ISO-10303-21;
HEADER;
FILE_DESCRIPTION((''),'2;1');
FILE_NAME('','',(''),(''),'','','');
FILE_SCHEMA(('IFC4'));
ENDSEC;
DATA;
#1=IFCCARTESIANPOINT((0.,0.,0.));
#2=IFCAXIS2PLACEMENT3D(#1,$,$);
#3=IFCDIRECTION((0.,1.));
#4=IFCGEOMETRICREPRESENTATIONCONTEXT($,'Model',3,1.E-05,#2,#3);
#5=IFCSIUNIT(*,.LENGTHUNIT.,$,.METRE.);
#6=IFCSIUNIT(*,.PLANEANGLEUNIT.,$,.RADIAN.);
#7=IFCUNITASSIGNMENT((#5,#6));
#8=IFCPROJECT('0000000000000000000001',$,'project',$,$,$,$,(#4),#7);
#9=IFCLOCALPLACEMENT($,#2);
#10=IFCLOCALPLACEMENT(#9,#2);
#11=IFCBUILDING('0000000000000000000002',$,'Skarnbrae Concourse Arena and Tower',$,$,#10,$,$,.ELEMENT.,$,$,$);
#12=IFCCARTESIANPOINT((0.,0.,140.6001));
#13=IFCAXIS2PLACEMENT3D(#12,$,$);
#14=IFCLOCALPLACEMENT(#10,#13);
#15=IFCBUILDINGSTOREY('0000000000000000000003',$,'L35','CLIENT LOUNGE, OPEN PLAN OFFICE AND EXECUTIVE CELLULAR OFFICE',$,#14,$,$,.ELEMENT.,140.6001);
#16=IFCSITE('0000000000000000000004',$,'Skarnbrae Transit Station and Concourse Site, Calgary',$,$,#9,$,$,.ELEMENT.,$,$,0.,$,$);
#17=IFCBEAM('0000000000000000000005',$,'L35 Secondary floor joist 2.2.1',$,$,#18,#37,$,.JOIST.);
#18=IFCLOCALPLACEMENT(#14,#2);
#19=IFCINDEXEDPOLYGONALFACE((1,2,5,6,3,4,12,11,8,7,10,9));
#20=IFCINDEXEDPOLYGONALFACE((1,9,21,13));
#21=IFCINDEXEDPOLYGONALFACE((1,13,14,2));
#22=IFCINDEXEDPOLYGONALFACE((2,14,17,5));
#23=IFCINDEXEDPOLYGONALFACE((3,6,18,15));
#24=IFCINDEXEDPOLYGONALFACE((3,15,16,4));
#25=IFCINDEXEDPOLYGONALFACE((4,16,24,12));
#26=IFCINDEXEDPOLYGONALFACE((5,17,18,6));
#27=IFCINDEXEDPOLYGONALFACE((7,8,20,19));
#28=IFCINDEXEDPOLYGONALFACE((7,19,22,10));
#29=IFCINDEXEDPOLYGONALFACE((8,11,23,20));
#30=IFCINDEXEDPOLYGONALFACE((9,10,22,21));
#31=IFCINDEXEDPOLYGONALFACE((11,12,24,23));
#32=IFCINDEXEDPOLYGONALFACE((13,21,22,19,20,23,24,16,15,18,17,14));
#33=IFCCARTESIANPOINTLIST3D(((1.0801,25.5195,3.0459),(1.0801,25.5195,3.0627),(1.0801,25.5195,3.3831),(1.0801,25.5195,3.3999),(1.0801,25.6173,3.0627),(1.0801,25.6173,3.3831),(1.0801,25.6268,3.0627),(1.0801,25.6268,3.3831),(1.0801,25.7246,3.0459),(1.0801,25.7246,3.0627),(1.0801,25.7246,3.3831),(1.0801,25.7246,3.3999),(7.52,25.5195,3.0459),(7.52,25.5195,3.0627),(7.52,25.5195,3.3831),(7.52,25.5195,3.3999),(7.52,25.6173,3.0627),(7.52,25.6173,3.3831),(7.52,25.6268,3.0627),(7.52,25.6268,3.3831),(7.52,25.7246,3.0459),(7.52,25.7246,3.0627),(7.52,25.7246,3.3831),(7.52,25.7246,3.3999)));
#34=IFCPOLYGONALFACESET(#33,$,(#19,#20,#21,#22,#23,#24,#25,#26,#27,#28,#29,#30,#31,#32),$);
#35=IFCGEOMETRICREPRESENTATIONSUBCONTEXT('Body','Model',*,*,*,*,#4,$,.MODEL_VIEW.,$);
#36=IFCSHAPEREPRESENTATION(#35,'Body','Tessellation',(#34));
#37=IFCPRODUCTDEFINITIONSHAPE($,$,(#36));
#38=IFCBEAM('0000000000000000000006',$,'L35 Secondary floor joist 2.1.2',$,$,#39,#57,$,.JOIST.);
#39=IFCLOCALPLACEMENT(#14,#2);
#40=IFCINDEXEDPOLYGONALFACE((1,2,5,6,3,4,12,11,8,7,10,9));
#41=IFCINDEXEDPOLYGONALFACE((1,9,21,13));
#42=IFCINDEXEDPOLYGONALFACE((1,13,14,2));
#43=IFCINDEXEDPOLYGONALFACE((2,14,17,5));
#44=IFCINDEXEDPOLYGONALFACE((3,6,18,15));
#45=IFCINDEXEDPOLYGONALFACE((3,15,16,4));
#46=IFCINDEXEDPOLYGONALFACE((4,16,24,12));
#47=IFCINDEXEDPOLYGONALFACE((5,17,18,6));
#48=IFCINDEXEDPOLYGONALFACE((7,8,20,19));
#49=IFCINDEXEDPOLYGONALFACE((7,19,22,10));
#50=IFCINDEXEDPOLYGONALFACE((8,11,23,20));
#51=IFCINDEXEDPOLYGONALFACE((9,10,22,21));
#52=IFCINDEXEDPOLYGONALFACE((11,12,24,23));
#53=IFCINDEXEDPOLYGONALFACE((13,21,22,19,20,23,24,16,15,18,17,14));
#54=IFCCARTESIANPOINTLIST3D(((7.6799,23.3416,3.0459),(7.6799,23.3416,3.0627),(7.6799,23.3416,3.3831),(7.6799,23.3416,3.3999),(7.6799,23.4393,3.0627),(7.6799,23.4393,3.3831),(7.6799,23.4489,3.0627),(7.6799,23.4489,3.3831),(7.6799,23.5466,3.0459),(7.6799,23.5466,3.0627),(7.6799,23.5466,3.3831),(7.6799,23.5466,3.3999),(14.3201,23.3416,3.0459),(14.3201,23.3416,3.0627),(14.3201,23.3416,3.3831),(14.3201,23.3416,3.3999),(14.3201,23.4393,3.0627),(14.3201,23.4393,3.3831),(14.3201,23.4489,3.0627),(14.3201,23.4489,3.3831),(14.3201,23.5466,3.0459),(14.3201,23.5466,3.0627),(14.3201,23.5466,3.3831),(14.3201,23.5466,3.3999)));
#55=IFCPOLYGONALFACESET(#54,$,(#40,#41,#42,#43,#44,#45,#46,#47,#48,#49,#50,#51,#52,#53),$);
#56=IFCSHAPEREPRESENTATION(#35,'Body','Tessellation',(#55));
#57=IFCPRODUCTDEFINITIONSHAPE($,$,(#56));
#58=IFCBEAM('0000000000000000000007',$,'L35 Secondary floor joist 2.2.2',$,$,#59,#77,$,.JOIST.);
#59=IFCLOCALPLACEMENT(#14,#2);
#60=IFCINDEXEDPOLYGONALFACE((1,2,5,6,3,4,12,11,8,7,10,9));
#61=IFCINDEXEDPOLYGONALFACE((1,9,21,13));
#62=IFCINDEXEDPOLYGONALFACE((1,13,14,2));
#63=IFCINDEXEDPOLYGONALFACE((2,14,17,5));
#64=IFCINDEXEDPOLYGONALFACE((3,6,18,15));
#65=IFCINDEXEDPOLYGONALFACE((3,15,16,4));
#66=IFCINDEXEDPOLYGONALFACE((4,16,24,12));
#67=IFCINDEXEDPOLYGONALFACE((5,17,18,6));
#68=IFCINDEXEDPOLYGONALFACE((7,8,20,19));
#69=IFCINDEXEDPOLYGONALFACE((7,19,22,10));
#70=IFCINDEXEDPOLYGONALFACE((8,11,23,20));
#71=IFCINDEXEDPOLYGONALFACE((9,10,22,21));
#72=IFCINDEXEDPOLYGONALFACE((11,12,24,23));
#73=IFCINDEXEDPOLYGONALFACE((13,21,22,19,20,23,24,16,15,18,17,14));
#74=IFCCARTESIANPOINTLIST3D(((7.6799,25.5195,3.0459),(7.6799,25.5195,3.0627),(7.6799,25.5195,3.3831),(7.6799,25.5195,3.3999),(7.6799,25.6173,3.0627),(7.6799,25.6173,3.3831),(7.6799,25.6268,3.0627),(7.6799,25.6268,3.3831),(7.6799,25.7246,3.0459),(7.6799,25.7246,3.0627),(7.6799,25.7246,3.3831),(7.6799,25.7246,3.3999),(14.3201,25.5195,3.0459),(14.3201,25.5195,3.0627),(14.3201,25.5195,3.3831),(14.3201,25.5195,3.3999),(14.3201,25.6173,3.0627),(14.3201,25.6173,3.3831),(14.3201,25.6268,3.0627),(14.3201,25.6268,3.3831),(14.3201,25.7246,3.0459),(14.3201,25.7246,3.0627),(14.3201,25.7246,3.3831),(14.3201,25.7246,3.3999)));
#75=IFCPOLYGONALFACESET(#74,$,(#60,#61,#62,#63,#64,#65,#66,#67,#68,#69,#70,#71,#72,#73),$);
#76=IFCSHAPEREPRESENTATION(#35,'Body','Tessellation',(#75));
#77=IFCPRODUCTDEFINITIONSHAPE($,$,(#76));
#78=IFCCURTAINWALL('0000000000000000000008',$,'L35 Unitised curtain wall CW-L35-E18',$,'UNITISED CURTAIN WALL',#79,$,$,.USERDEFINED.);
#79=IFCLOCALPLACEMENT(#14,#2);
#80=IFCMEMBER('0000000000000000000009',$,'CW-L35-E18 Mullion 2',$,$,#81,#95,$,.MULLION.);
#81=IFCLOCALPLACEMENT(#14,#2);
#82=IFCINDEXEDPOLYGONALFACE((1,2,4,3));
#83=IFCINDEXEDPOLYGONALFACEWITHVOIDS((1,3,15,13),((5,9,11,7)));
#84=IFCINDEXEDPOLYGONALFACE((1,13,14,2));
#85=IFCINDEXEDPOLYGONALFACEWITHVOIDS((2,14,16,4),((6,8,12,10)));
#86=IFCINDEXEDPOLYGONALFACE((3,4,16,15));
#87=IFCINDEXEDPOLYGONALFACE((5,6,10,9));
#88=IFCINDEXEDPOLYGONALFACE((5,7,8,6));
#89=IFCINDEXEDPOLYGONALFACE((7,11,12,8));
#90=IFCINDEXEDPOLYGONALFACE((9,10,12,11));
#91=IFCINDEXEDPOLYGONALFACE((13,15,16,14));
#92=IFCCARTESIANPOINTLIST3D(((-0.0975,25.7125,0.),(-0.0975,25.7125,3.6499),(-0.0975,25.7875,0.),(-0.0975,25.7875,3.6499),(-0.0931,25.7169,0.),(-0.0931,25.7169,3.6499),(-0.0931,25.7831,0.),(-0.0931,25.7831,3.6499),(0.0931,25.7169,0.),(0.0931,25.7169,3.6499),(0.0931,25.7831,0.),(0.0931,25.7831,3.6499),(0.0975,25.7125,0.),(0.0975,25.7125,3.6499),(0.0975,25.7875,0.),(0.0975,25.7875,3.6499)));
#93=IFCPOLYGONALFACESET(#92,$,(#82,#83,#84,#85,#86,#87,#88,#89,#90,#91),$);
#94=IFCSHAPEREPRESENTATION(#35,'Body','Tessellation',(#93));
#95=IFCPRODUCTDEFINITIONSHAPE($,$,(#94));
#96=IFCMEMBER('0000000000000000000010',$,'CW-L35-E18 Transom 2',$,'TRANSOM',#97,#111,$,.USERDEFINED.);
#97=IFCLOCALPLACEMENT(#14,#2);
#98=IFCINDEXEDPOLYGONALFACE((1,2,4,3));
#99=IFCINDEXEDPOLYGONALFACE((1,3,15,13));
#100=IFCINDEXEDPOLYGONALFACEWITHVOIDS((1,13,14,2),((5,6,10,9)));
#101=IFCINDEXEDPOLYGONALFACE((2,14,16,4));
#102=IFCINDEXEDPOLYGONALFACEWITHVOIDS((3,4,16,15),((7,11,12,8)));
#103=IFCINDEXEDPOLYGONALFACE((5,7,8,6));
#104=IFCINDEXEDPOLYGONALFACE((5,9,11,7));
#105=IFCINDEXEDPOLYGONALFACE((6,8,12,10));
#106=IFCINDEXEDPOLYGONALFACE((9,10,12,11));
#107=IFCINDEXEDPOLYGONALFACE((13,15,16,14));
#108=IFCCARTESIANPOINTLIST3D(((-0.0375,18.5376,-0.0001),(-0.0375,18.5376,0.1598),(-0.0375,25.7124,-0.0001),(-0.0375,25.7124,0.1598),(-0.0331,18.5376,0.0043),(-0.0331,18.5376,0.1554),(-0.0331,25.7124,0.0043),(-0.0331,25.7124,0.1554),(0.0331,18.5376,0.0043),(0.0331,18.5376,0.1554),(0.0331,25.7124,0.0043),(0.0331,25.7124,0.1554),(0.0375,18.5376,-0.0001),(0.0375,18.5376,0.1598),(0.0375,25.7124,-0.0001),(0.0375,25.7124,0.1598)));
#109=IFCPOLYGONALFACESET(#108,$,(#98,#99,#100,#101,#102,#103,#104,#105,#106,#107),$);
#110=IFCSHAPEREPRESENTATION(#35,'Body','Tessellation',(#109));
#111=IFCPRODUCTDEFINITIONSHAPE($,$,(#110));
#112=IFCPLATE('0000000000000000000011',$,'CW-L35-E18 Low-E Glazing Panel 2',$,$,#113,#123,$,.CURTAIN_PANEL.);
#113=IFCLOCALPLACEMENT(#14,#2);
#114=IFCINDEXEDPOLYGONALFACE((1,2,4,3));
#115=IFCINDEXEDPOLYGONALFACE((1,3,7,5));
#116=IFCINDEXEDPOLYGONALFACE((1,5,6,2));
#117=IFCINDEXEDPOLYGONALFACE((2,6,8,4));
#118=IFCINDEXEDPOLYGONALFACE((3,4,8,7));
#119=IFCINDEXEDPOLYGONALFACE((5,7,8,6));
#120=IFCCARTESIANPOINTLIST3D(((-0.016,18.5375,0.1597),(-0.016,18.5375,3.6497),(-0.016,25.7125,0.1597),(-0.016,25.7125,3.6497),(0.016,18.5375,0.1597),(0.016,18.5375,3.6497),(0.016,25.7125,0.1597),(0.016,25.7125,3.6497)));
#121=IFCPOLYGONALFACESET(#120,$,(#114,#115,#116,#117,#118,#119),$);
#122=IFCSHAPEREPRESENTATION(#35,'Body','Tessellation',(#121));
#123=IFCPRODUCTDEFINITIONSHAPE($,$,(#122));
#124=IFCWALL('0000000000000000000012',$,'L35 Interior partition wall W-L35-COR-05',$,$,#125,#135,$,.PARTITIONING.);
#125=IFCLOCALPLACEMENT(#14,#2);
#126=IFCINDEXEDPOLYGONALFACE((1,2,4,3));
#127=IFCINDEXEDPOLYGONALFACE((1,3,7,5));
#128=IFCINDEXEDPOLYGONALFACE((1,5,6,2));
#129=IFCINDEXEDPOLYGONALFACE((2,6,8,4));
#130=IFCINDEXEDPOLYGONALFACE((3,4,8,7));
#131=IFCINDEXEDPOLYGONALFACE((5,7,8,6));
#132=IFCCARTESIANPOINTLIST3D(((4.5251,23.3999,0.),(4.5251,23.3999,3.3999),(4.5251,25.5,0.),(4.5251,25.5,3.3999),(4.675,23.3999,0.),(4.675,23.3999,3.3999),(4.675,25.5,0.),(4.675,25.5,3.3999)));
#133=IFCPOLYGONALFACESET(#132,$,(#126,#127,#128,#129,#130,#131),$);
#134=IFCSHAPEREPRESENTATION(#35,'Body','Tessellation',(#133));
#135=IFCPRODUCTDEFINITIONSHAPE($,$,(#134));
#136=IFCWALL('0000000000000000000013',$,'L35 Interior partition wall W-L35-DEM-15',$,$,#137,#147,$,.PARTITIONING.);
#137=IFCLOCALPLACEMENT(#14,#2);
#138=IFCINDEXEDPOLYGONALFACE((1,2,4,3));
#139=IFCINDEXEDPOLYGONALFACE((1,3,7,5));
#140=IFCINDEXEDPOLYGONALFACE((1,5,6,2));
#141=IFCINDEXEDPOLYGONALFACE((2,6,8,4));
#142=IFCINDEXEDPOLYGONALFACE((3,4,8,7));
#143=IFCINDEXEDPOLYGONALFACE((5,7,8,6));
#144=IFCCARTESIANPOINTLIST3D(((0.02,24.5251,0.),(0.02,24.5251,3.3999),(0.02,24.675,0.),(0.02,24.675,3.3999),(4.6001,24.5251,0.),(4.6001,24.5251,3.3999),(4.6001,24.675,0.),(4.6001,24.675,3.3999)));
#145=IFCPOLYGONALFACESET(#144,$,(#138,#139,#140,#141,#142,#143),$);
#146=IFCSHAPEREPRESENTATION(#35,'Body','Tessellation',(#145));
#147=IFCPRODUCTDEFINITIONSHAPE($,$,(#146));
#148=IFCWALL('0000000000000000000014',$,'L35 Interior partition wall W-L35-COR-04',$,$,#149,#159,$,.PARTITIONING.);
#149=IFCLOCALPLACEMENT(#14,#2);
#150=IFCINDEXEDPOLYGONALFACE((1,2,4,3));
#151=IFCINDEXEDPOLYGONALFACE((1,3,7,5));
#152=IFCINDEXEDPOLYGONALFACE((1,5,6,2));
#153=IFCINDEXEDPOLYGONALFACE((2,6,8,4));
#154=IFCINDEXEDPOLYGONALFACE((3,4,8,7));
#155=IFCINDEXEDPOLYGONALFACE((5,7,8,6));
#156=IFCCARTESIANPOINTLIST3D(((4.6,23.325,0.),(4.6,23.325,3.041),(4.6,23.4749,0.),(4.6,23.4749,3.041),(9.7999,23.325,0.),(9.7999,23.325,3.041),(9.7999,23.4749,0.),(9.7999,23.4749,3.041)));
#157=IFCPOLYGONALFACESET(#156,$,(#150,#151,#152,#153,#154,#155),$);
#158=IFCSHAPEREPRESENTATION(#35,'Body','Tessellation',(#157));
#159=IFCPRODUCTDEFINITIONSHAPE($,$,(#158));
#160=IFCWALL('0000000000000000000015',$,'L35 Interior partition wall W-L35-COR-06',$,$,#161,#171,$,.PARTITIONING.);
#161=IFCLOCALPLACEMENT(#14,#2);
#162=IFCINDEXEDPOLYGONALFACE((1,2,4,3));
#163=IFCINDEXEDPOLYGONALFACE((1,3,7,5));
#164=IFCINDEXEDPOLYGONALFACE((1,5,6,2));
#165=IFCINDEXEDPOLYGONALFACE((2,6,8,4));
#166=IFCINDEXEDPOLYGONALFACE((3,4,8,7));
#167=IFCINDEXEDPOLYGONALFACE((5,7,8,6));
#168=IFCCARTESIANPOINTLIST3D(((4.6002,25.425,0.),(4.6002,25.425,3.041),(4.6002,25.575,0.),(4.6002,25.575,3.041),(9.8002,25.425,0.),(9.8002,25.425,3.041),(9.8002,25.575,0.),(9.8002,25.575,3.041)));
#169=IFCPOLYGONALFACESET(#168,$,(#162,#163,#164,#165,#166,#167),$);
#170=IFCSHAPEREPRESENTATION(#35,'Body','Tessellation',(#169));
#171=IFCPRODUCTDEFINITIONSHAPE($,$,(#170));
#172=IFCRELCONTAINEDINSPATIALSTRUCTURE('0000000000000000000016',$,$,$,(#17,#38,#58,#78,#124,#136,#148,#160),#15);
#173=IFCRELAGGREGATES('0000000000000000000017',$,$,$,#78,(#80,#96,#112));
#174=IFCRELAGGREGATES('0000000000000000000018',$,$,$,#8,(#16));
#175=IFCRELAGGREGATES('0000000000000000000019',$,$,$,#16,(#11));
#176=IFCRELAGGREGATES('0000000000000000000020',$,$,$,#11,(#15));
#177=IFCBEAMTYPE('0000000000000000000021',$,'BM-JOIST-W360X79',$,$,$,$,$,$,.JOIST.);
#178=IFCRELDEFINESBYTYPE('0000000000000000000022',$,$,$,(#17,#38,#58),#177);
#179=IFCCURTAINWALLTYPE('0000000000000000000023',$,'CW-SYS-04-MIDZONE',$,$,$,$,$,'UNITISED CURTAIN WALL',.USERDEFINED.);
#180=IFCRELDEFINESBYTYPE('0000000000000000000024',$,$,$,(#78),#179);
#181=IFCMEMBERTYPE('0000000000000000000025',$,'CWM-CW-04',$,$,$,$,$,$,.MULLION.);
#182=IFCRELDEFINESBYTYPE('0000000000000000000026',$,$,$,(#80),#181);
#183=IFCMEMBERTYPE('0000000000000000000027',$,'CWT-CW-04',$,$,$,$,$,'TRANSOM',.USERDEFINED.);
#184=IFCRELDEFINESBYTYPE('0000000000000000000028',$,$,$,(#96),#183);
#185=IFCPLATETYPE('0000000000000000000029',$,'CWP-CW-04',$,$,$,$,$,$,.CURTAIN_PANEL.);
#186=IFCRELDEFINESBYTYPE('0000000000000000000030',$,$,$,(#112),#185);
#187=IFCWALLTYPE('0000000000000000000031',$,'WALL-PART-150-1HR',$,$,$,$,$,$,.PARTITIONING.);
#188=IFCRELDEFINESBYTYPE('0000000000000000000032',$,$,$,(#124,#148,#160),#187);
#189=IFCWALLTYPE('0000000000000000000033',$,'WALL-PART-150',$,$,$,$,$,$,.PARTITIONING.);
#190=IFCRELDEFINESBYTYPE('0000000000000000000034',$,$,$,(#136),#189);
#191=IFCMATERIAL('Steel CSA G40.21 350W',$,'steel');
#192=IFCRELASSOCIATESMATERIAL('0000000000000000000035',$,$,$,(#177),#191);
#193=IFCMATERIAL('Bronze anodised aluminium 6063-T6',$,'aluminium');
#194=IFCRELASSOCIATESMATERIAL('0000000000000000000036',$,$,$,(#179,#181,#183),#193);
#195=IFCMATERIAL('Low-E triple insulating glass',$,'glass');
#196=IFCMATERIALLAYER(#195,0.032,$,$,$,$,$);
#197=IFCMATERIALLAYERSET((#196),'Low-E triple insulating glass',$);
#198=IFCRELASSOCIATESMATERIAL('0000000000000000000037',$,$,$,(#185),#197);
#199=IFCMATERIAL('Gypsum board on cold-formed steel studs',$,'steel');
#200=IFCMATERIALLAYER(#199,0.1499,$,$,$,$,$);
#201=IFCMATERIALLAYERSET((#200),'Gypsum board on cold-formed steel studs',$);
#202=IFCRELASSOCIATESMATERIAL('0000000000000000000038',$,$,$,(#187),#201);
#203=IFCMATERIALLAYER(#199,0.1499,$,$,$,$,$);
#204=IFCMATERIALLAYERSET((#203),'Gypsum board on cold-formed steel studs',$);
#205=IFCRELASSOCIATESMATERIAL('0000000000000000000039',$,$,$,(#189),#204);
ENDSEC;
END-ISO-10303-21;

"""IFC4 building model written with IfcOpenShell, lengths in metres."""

from ifc_helpers import new_model, si_unit, direction, frame, frame_2d, origin, origin_2d, place, context, subcontext, project, spatial, rectangle, hollow_rectangle, i_section, extrude, source, transform, mapped, material, layer, layer_set, material_profile, profile_set, type_object, element, aggregate, save


model = new_model("IFC4")

# Units and contexts
model_context = context("Model", 3, precision=1e-05, world=origin(), true_north=direction((0.0, 1.0)))
body_context = subcontext(model_context, "Body", "Model", "MODEL_VIEW")
ifc_project = project(units=[si_unit("LENGTHUNIT", "METRE"), si_unit("PLANEANGLEUNIT", "RADIAN")], contexts=[model_context])

# Site, building, storey
site_placement = place(None, origin())
site = spatial("IfcSite", under=ifc_project, at=site_placement, Name="Skarnbrae Transit Station and Concourse Site, Calgary", CompositionType="ELEMENT", RefElevation=0.0)
building_placement = place(site_placement, origin())
building = spatial("IfcBuilding", under=site, at=building_placement, Name="Skarnbrae Concourse Arena and Tower", CompositionType="ELEMENT")
storey_placement = place(building_placement, frame((0.0, 0.0, 140.6001)))
storey = spatial("IfcBuildingStorey", under=building, at=storey_placement, Name="L35", Description="CLIENT LOUNGE, OPEN PLAN OFFICE AND EXECUTIVE CELLULAR OFFICE", CompositionType="ELEMENT", Elevation=140.6001)

# Shared definitions
ifc_material_1 = material(Name="Steel CSA G40.21 350W", Category="steel")

# Beams
ifc_material_profile_1 = material_profile(ifc_material_1, i_section(OverallWidth=0.2051, OverallDepth=0.354, WebThickness=0.0095, FlangeThickness=0.0168, at=origin_2d()), Name="W360X79")
ifc_profile_set_1 = profile_set([ifc_material_profile_1], Name="Steel CSA G40.21 350W")
beam_type_1 = type_object("IfcBeamType", Name="BM-JOIST-W360X79", PredefinedType="JOIST", material=ifc_profile_set_1)
shared_shape_1 = source(origin(), body_context, "Body", "SweptSolid", [
    extrude(i_section(OverallWidth=0.2051, OverallDepth=0.354, WebThickness=0.0095, FlangeThickness=0.0168, at=origin_2d()), origin(), (0.0, 0.0, 1.0), 6.4399),
])
for number, where, z_axis, x_axis, name in (
    (1, (1.0801, 25.6221, 3.2229), (1.0, 0.0, 0.0), (0.0, 1.0, 0.0), "L35 Secondary floor joist 2.2.1"),
):
    element("IfcBeam", number, at=place(storey_placement, frame(where, z_axis=z_axis, x_axis=x_axis)), inside=storey, type_object=beam_type_1, Name=name, PredefinedType="JOIST", context=body_context, shape_type="MappedRepresentation", body=[
        mapped(shared_shape_1, transform((0.0, 0.0, 0.0))),
    ])
shared_shape_2 = source(origin(), body_context, "Body", "SweptSolid", [
    extrude(i_section(OverallWidth=0.2051, OverallDepth=0.354, WebThickness=0.0095, FlangeThickness=0.0168, at=origin_2d()), origin(), (0.0, 0.0, 1.0), 6.6401),
])
for number, where, z_axis, x_axis, name in (
    (2, (7.6799, 23.4441, 3.2229), (1.0, 0.0, 0.0), (0.0, 1.0, 0.0), "L35 Secondary floor joist 2.1.2"),
    (3, (7.6799, 25.6221, 3.2229), (1.0, 0.0, 0.0), (0.0, 1.0, 0.0), "L35 Secondary floor joist 2.2.2"),
):
    element("IfcBeam", number, at=place(storey_placement, frame(where, z_axis=z_axis, x_axis=x_axis)), inside=storey, type_object=beam_type_1, Name=name, PredefinedType="JOIST", context=body_context, shape_type="MappedRepresentation", body=[
        mapped(shared_shape_2, transform((0.0, 0.0, 0.0))),
    ])

# Curtain wall, members, plate
ifc_material_2 = material(Name="Bronze anodised aluminium 6063-T6", Category="aluminium")
curtain_wall_type = type_object("IfcCurtainWallType", Name="CW-SYS-04-MIDZONE", ElementType="UNITISED CURTAIN WALL", PredefinedType="USERDEFINED", material=ifc_material_2)
curtain_wall_placement = place(storey_placement, origin())
curtain_wall = element("IfcCurtainWall", 4, at=curtain_wall_placement, inside=storey, type_object=curtain_wall_type, Name="L35 Unitised curtain wall CW-L35-E18", ObjectType="UNITISED CURTAIN WALL", PredefinedType="USERDEFINED")
ifc_material_profile_2 = material_profile(ifc_material_2, hollow_rectangle(XDim=0.075, YDim=0.1951, WallThickness=0.0044, at=origin_2d()), Name="ALU-MULL-75X195")
ifc_profile_set_2 = profile_set([ifc_material_profile_2], Name="Bronze anodised aluminium 6063-T6")
member_type_1 = type_object("IfcMemberType", Name="CWM-CW-04", PredefinedType="MULLION", material=ifc_profile_set_2)
shared_shape_3 = source(origin(), body_context, "Body", "SweptSolid", [
    extrude(hollow_rectangle(XDim=0.075, YDim=0.1951, WallThickness=0.0044, at=origin_2d()), origin(), (0.0, 0.0, 1.0), 3.6499),
])
member_1_placement = place(storey_placement, frame((0.0, 25.75, 0.0), z_axis=(0.0, 0.0, 1.0), x_axis=(0.0, -1.0, 0.0)))
member_1 = element("IfcMember", 5, at=member_1_placement, type_object=member_type_1, Name="CW-L35-E18 Mullion 2", PredefinedType="MULLION", context=body_context, shape_type="MappedRepresentation", body=[
    mapped(shared_shape_3, transform((0.0, 0.0, 0.0))),
])
ifc_material_profile_3 = material_profile(ifc_material_2, hollow_rectangle(XDim=0.075, YDim=0.1599, WallThickness=0.0044, at=origin_2d()), Name="ALU-TRAN-75X160")
ifc_profile_set_3 = profile_set([ifc_material_profile_3], Name="Bronze anodised aluminium 6063-T6")
member_type_2 = type_object("IfcMemberType", Name="CWT-CW-04", ElementType="TRANSOM", PredefinedType="USERDEFINED", material=ifc_profile_set_3)
shared_shape_4 = source(origin(), body_context, "Body", "SweptSolid", [
    extrude(hollow_rectangle(XDim=0.075, YDim=0.1599, WallThickness=0.0044, at=origin_2d()), origin(), (0.0, 0.0, 1.0), 7.1748),
])
member_2_placement = place(storey_placement, frame((0.0, 25.7124, 0.0798), z_axis=(0.0, -1.0, 0.0), x_axis=(1.0, 0.0, 0.0)))
member_2 = element("IfcMember", 6, at=member_2_placement, type_object=member_type_2, Name="CW-L35-E18 Transom 2", ObjectType="TRANSOM", PredefinedType="USERDEFINED", context=body_context, shape_type="MappedRepresentation", body=[
    mapped(shared_shape_4, transform((0.0, 0.0, 0.0))),
])
ifc_material_3 = material(Name="Low-E triple insulating glass", Category="glass")
ifc_layer_1 = layer(ifc_material_3, 0.032)
ifc_layer_set_1 = layer_set([ifc_layer_1], Name="Low-E triple insulating glass")
plate_type = type_object("IfcPlateType", Name="CWP-CW-04", PredefinedType="CURTAIN_PANEL", material=ifc_layer_set_1)
shared_shape_5 = source(origin(), body_context, "Body", "SweptSolid", [
    extrude(rectangle(XDim=7.175, YDim=0.032, at=origin_2d()), origin(), (0.0, 0.0, 1.0), 3.49),
])
plate_placement = place(storey_placement, frame((0.0, 22.125, 0.1597), z_axis=(0.0, 0.0, 1.0), x_axis=(0.0, -1.0, 0.0)))
plate = element("IfcPlate", 7, at=plate_placement, type_object=plate_type, Name="CW-L35-E18 Low-E Glazing Panel 2", PredefinedType="CURTAIN_PANEL", context=body_context, shape_type="MappedRepresentation", body=[
    mapped(shared_shape_5, transform((0.0, 0.0, 0.0))),
])
aggregate(curtain_wall, [member_1, member_2, plate])

# Walls
ifc_material_4 = material(Name="Gypsum board on cold-formed steel studs", Category="steel")
ifc_layer_2 = layer(ifc_material_4, 0.1499)
ifc_layer_set_2 = layer_set([ifc_layer_2], Name="Gypsum board on cold-formed steel studs")
wall_type_1 = type_object("IfcWallType", Name="WALL-PART-150-1HR", PredefinedType="PARTITIONING", material=ifc_layer_set_2)
shared_shape_6 = source(origin(), body_context, "Body", "SweptSolid", [
    extrude(rectangle(XDim=2.1001, YDim=0.1499, at=frame_2d((1.05, 0.0))), origin(), (0.0, 0.0, 1.0), 3.3999),
])
wall_1_placement = place(storey_placement, frame((4.6001, 23.3999, 0.0), z_axis=(0.0, 0.0, 1.0), x_axis=(0.0, 1.0, 0.0)))
element("IfcWall", 8, at=wall_1_placement, inside=storey, type_object=wall_type_1, Name="L35 Interior partition wall W-L35-COR-05", PredefinedType="PARTITIONING", context=body_context, shape_type="MappedRepresentation", body=[
    mapped(shared_shape_6, transform((0.0, 0.0, 0.0))),
])
ifc_layer_3 = layer(ifc_material_4, 0.1499)
ifc_layer_set_3 = layer_set([ifc_layer_3], Name="Gypsum board on cold-formed steel studs")
wall_type_2 = type_object("IfcWallType", Name="WALL-PART-150", PredefinedType="PARTITIONING", material=ifc_layer_set_3)
shared_shape_7 = source(origin(), body_context, "Body", "SweptSolid", [
    extrude(rectangle(XDim=4.5801, YDim=0.1499, at=frame_2d((2.29, 0.0))), origin(), (0.0, 0.0, 1.0), 3.3999),
])
wall_2_placement = place(storey_placement, frame((0.02, 24.6001, 0.0), z_axis=(0.0, 0.0, 1.0), x_axis=(1.0, 0.0, 0.0)))
element("IfcWall", 9, at=wall_2_placement, inside=storey, type_object=wall_type_2, Name="L35 Interior partition wall W-L35-DEM-15", PredefinedType="PARTITIONING", context=body_context, shape_type="MappedRepresentation", body=[
    mapped(shared_shape_7, transform((0.0, 0.0, 0.0))),
])
shared_shape_8 = source(origin(), body_context, "Body", "SweptSolid", [
    extrude(rectangle(XDim=5.2, YDim=0.1499, at=frame_2d((2.6001, 0.0))), origin(), (0.0, 0.0, 1.0), 3.041),
])
for number, where, z_axis, x_axis, name in (
    (10, (9.8, 23.3999, 0.0), (0.0, 0.0, 1.0), (-1.0, 0.0, 0.0), "L35 Interior partition wall W-L35-COR-04"),
    (11, (4.6001, 25.5, 0.0), (0.0, 0.0, 1.0), (1.0, 0.0, 0.0), "L35 Interior partition wall W-L35-COR-06"),
):
    element("IfcWall", number, at=place(storey_placement, frame(where, z_axis=z_axis, x_axis=x_axis)), inside=storey, type_object=wall_type_1, Name=name, PredefinedType="PARTITIONING", context=body_context, shape_type="MappedRepresentation", body=[
        mapped(shared_shape_8, transform((0.0, 0.0, 0.0))),
    ])

save(model, "model.ifc")
